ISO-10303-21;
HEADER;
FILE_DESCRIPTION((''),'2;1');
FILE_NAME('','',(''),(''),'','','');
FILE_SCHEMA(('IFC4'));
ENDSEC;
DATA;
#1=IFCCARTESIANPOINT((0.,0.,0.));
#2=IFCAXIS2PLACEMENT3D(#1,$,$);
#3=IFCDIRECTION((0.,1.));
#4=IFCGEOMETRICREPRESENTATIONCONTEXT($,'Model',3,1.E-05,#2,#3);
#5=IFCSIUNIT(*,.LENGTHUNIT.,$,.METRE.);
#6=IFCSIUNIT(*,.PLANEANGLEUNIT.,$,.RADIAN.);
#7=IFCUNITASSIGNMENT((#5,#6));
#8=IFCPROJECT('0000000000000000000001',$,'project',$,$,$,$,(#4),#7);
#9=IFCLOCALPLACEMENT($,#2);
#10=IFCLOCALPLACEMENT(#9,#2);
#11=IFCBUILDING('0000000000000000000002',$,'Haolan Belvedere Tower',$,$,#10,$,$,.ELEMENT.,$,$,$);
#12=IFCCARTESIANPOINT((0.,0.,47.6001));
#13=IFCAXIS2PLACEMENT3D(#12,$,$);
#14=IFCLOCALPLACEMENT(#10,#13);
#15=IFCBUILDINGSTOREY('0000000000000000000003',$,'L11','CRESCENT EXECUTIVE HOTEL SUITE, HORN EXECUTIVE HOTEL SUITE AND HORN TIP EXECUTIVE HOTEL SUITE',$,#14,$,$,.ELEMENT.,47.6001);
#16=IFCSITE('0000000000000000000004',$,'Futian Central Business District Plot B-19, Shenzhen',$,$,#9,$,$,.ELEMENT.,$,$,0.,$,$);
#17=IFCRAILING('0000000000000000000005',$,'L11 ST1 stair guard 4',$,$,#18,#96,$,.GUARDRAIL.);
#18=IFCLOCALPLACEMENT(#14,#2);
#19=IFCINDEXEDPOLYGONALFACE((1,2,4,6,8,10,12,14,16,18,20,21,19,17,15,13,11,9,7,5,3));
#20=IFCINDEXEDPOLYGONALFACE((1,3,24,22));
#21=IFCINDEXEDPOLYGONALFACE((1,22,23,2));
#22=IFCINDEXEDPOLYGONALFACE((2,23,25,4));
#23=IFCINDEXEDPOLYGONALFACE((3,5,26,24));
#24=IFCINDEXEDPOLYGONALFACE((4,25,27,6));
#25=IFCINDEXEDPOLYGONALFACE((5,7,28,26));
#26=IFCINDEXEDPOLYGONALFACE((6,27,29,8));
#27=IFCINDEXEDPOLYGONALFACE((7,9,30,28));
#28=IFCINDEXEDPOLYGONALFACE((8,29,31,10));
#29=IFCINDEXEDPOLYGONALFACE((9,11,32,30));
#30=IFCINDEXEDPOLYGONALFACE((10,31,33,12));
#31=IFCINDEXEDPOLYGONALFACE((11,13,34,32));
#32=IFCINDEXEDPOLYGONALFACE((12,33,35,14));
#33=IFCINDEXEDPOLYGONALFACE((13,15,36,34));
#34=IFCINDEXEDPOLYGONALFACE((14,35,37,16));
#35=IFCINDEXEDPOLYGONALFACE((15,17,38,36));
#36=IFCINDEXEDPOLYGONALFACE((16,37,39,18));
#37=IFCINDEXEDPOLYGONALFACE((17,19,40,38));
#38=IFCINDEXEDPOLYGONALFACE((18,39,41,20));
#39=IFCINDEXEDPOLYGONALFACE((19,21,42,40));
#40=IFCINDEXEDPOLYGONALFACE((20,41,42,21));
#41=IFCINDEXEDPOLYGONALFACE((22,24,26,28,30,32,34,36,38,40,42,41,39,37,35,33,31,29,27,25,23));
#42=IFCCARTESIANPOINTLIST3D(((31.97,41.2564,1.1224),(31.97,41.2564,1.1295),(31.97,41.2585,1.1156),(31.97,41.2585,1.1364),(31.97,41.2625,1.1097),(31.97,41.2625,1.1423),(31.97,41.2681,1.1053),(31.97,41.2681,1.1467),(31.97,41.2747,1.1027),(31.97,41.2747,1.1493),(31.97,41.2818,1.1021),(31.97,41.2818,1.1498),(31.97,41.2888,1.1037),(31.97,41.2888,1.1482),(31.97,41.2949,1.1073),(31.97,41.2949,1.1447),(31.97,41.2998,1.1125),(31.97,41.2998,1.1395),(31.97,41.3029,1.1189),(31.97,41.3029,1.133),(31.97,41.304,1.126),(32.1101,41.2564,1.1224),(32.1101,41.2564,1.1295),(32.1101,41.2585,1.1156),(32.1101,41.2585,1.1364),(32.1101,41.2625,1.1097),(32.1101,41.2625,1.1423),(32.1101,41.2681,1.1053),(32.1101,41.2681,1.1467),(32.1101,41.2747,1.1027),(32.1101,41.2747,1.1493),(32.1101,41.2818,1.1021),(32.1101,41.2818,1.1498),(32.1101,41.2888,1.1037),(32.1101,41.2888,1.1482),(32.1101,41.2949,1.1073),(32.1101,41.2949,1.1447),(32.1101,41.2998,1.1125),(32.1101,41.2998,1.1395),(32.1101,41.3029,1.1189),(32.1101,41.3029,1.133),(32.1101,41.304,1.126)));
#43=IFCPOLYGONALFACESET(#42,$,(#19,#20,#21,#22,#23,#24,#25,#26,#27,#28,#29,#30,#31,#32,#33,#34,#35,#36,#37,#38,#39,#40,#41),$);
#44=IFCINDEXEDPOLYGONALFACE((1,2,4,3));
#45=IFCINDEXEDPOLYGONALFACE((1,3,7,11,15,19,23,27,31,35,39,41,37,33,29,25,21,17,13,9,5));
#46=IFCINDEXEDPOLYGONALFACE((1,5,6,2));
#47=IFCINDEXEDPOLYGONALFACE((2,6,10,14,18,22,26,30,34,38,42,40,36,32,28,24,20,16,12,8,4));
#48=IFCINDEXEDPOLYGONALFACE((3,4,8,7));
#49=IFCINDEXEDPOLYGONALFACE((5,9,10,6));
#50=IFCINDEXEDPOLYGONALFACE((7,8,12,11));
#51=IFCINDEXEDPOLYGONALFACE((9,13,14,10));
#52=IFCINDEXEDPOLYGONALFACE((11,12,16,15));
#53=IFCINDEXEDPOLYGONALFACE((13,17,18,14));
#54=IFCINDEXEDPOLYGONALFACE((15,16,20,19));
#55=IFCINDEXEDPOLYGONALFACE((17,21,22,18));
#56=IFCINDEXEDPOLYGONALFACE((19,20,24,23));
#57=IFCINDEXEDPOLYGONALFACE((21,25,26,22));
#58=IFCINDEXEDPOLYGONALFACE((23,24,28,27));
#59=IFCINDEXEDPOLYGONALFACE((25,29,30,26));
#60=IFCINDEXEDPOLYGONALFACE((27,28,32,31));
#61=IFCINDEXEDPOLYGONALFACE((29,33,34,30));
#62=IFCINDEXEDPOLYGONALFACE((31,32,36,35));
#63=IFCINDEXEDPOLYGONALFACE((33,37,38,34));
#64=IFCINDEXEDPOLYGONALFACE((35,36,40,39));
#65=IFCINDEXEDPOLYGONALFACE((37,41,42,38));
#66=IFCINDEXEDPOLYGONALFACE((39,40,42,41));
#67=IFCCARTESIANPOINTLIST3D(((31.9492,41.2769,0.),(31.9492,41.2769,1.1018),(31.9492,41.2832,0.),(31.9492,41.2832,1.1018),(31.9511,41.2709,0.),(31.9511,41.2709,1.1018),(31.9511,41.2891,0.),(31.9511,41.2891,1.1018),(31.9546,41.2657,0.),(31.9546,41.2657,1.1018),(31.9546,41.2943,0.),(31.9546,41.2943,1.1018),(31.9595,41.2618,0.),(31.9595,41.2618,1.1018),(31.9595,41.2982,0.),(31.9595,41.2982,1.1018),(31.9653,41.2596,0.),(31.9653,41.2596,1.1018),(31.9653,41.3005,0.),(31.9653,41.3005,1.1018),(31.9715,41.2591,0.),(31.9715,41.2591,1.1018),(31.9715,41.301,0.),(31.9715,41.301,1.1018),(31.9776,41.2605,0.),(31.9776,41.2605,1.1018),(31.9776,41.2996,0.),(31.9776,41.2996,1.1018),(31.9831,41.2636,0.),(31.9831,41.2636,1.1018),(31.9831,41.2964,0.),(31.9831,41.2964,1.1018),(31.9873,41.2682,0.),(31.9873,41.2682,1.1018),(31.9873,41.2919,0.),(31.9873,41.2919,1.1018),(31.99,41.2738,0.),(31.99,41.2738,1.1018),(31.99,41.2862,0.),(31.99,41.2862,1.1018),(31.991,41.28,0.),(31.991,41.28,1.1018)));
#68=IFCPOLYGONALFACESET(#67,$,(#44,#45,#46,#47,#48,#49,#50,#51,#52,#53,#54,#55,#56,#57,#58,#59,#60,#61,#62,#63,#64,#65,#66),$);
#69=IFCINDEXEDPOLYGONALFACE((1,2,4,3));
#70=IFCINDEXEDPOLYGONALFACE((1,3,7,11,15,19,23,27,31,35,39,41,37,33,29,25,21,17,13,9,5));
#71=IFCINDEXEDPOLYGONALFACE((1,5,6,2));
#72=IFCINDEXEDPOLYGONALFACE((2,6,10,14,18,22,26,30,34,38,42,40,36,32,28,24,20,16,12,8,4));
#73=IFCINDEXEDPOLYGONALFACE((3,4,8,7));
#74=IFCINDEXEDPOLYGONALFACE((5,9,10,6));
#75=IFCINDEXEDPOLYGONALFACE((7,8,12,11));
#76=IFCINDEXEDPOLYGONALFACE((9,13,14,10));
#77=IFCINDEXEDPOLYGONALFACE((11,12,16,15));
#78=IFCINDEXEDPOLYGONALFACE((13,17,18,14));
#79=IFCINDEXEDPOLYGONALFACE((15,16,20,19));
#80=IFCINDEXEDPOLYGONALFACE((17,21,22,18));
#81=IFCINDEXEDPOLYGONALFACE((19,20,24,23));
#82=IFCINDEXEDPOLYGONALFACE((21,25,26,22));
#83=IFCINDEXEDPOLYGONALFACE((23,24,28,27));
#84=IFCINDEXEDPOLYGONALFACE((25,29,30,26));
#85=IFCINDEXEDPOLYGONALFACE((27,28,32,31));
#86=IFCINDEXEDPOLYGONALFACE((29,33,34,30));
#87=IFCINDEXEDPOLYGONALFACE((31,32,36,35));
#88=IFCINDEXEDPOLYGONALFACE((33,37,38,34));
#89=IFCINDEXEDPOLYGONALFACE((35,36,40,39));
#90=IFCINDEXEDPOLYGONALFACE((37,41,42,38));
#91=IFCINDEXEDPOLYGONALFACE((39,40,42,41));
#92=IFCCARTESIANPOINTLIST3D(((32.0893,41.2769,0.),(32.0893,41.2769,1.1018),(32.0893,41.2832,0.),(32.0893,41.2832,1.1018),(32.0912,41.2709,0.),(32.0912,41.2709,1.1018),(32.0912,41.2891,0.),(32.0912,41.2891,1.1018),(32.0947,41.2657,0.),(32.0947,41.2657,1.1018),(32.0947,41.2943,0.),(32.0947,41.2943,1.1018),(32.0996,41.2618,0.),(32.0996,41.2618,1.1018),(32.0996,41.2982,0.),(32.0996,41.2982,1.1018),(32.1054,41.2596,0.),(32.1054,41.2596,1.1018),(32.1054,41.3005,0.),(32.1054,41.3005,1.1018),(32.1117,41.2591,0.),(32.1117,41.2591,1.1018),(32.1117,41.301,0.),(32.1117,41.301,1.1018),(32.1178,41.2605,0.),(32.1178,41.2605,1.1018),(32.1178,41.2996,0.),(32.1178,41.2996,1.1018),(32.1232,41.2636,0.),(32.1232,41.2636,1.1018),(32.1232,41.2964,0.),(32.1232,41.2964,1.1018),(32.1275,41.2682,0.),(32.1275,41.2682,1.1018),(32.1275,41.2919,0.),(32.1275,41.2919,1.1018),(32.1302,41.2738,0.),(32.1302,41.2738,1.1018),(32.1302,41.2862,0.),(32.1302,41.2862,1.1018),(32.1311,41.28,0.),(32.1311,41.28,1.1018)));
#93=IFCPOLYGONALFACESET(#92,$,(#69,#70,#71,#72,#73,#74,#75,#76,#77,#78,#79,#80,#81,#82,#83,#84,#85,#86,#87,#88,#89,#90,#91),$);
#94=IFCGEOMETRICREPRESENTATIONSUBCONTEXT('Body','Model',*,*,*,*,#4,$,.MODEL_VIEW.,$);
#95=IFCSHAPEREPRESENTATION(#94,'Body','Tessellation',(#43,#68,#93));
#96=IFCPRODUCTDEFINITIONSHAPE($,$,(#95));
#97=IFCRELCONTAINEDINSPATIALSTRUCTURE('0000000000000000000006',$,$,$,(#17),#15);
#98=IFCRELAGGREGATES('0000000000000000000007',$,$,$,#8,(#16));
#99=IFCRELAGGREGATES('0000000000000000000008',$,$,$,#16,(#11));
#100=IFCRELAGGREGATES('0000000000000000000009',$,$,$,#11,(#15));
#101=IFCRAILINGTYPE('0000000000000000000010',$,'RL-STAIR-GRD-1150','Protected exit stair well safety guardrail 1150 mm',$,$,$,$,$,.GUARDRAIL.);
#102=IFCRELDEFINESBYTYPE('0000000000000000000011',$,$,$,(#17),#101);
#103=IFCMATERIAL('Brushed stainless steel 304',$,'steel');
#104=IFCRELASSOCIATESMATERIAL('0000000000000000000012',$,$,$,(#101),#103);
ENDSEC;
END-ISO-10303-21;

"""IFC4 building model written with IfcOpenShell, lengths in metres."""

from ifc_helpers import new_model, si_unit, direction, frame, origin, origin_2d, place, context, subcontext, project, spatial, circle, extrude, material, type_object, element, save


model = new_model("IFC4")

# Units and contexts
model_context = context("Model", 3, precision=1e-05, world=origin(), true_north=direction((0.0, 1.0)))
body_context = subcontext(model_context, "Body", "Model", "MODEL_VIEW")
ifc_project = project(units=[si_unit("LENGTHUNIT", "METRE"), si_unit("PLANEANGLEUNIT", "RADIAN")], contexts=[model_context])

# Site, building, storey
site_placement = place(None, origin())
site = spatial("IfcSite", under=ifc_project, at=site_placement, Name="Futian Central Business District Plot B-19, Shenzhen", CompositionType="ELEMENT", RefElevation=0.0)
building_placement = place(site_placement, origin())
building = spatial("IfcBuilding", under=site, at=building_placement, Name="Haolan Belvedere Tower", CompositionType="ELEMENT")
storey_placement = place(building_placement, frame((0.0, 0.0, 47.6001)))
storey = spatial("IfcBuildingStorey", under=building, at=storey_placement, Name="L11", Description="CRESCENT EXECUTIVE HOTEL SUITE, HORN EXECUTIVE HOTEL SUITE AND HORN TIP EXECUTIVE HOTEL SUITE", CompositionType="ELEMENT", Elevation=47.6001)

# Railing
ifc_material_1 = material(Name="Brushed stainless steel 304", Category="steel")
railing_type_1 = type_object("IfcRailingType", Name="RL-STAIR-GRD-1150", Description="Protected exit stair well safety guardrail 1150 mm", PredefinedType="GUARDRAIL", material=ifc_material_1)
railing_1_placement = place(storey_placement, frame((31.97, 41.28, 0.0)))
element("IfcRailing", 1, at=railing_1_placement, inside=storey, type_object=railing_type_1, Name="L11 ST1 stair guard 4", PredefinedType="GUARDRAIL", context=body_context, shape_type="SweptSolid", body=[
    extrude(circle(Radius=0.0239, at=origin_2d()), frame((0.0, 0.0, 1.126), z_axis=(1.0, 0.0, 0.0), x_axis=(0.0, 1.0, 0.0)), (0.0, 0.0, 1.0), 0.1401),
    extrude(circle(Radius=0.021, at=origin_2d()), origin(), (0.0, 0.0, 1.0), 1.1018),
    extrude(circle(Radius=0.021, at=origin_2d()), frame((0.1401, 0.0, 0.0)), (0.0, 0.0, 1.0), 1.1018),
])

save(model, "model.ifc")
